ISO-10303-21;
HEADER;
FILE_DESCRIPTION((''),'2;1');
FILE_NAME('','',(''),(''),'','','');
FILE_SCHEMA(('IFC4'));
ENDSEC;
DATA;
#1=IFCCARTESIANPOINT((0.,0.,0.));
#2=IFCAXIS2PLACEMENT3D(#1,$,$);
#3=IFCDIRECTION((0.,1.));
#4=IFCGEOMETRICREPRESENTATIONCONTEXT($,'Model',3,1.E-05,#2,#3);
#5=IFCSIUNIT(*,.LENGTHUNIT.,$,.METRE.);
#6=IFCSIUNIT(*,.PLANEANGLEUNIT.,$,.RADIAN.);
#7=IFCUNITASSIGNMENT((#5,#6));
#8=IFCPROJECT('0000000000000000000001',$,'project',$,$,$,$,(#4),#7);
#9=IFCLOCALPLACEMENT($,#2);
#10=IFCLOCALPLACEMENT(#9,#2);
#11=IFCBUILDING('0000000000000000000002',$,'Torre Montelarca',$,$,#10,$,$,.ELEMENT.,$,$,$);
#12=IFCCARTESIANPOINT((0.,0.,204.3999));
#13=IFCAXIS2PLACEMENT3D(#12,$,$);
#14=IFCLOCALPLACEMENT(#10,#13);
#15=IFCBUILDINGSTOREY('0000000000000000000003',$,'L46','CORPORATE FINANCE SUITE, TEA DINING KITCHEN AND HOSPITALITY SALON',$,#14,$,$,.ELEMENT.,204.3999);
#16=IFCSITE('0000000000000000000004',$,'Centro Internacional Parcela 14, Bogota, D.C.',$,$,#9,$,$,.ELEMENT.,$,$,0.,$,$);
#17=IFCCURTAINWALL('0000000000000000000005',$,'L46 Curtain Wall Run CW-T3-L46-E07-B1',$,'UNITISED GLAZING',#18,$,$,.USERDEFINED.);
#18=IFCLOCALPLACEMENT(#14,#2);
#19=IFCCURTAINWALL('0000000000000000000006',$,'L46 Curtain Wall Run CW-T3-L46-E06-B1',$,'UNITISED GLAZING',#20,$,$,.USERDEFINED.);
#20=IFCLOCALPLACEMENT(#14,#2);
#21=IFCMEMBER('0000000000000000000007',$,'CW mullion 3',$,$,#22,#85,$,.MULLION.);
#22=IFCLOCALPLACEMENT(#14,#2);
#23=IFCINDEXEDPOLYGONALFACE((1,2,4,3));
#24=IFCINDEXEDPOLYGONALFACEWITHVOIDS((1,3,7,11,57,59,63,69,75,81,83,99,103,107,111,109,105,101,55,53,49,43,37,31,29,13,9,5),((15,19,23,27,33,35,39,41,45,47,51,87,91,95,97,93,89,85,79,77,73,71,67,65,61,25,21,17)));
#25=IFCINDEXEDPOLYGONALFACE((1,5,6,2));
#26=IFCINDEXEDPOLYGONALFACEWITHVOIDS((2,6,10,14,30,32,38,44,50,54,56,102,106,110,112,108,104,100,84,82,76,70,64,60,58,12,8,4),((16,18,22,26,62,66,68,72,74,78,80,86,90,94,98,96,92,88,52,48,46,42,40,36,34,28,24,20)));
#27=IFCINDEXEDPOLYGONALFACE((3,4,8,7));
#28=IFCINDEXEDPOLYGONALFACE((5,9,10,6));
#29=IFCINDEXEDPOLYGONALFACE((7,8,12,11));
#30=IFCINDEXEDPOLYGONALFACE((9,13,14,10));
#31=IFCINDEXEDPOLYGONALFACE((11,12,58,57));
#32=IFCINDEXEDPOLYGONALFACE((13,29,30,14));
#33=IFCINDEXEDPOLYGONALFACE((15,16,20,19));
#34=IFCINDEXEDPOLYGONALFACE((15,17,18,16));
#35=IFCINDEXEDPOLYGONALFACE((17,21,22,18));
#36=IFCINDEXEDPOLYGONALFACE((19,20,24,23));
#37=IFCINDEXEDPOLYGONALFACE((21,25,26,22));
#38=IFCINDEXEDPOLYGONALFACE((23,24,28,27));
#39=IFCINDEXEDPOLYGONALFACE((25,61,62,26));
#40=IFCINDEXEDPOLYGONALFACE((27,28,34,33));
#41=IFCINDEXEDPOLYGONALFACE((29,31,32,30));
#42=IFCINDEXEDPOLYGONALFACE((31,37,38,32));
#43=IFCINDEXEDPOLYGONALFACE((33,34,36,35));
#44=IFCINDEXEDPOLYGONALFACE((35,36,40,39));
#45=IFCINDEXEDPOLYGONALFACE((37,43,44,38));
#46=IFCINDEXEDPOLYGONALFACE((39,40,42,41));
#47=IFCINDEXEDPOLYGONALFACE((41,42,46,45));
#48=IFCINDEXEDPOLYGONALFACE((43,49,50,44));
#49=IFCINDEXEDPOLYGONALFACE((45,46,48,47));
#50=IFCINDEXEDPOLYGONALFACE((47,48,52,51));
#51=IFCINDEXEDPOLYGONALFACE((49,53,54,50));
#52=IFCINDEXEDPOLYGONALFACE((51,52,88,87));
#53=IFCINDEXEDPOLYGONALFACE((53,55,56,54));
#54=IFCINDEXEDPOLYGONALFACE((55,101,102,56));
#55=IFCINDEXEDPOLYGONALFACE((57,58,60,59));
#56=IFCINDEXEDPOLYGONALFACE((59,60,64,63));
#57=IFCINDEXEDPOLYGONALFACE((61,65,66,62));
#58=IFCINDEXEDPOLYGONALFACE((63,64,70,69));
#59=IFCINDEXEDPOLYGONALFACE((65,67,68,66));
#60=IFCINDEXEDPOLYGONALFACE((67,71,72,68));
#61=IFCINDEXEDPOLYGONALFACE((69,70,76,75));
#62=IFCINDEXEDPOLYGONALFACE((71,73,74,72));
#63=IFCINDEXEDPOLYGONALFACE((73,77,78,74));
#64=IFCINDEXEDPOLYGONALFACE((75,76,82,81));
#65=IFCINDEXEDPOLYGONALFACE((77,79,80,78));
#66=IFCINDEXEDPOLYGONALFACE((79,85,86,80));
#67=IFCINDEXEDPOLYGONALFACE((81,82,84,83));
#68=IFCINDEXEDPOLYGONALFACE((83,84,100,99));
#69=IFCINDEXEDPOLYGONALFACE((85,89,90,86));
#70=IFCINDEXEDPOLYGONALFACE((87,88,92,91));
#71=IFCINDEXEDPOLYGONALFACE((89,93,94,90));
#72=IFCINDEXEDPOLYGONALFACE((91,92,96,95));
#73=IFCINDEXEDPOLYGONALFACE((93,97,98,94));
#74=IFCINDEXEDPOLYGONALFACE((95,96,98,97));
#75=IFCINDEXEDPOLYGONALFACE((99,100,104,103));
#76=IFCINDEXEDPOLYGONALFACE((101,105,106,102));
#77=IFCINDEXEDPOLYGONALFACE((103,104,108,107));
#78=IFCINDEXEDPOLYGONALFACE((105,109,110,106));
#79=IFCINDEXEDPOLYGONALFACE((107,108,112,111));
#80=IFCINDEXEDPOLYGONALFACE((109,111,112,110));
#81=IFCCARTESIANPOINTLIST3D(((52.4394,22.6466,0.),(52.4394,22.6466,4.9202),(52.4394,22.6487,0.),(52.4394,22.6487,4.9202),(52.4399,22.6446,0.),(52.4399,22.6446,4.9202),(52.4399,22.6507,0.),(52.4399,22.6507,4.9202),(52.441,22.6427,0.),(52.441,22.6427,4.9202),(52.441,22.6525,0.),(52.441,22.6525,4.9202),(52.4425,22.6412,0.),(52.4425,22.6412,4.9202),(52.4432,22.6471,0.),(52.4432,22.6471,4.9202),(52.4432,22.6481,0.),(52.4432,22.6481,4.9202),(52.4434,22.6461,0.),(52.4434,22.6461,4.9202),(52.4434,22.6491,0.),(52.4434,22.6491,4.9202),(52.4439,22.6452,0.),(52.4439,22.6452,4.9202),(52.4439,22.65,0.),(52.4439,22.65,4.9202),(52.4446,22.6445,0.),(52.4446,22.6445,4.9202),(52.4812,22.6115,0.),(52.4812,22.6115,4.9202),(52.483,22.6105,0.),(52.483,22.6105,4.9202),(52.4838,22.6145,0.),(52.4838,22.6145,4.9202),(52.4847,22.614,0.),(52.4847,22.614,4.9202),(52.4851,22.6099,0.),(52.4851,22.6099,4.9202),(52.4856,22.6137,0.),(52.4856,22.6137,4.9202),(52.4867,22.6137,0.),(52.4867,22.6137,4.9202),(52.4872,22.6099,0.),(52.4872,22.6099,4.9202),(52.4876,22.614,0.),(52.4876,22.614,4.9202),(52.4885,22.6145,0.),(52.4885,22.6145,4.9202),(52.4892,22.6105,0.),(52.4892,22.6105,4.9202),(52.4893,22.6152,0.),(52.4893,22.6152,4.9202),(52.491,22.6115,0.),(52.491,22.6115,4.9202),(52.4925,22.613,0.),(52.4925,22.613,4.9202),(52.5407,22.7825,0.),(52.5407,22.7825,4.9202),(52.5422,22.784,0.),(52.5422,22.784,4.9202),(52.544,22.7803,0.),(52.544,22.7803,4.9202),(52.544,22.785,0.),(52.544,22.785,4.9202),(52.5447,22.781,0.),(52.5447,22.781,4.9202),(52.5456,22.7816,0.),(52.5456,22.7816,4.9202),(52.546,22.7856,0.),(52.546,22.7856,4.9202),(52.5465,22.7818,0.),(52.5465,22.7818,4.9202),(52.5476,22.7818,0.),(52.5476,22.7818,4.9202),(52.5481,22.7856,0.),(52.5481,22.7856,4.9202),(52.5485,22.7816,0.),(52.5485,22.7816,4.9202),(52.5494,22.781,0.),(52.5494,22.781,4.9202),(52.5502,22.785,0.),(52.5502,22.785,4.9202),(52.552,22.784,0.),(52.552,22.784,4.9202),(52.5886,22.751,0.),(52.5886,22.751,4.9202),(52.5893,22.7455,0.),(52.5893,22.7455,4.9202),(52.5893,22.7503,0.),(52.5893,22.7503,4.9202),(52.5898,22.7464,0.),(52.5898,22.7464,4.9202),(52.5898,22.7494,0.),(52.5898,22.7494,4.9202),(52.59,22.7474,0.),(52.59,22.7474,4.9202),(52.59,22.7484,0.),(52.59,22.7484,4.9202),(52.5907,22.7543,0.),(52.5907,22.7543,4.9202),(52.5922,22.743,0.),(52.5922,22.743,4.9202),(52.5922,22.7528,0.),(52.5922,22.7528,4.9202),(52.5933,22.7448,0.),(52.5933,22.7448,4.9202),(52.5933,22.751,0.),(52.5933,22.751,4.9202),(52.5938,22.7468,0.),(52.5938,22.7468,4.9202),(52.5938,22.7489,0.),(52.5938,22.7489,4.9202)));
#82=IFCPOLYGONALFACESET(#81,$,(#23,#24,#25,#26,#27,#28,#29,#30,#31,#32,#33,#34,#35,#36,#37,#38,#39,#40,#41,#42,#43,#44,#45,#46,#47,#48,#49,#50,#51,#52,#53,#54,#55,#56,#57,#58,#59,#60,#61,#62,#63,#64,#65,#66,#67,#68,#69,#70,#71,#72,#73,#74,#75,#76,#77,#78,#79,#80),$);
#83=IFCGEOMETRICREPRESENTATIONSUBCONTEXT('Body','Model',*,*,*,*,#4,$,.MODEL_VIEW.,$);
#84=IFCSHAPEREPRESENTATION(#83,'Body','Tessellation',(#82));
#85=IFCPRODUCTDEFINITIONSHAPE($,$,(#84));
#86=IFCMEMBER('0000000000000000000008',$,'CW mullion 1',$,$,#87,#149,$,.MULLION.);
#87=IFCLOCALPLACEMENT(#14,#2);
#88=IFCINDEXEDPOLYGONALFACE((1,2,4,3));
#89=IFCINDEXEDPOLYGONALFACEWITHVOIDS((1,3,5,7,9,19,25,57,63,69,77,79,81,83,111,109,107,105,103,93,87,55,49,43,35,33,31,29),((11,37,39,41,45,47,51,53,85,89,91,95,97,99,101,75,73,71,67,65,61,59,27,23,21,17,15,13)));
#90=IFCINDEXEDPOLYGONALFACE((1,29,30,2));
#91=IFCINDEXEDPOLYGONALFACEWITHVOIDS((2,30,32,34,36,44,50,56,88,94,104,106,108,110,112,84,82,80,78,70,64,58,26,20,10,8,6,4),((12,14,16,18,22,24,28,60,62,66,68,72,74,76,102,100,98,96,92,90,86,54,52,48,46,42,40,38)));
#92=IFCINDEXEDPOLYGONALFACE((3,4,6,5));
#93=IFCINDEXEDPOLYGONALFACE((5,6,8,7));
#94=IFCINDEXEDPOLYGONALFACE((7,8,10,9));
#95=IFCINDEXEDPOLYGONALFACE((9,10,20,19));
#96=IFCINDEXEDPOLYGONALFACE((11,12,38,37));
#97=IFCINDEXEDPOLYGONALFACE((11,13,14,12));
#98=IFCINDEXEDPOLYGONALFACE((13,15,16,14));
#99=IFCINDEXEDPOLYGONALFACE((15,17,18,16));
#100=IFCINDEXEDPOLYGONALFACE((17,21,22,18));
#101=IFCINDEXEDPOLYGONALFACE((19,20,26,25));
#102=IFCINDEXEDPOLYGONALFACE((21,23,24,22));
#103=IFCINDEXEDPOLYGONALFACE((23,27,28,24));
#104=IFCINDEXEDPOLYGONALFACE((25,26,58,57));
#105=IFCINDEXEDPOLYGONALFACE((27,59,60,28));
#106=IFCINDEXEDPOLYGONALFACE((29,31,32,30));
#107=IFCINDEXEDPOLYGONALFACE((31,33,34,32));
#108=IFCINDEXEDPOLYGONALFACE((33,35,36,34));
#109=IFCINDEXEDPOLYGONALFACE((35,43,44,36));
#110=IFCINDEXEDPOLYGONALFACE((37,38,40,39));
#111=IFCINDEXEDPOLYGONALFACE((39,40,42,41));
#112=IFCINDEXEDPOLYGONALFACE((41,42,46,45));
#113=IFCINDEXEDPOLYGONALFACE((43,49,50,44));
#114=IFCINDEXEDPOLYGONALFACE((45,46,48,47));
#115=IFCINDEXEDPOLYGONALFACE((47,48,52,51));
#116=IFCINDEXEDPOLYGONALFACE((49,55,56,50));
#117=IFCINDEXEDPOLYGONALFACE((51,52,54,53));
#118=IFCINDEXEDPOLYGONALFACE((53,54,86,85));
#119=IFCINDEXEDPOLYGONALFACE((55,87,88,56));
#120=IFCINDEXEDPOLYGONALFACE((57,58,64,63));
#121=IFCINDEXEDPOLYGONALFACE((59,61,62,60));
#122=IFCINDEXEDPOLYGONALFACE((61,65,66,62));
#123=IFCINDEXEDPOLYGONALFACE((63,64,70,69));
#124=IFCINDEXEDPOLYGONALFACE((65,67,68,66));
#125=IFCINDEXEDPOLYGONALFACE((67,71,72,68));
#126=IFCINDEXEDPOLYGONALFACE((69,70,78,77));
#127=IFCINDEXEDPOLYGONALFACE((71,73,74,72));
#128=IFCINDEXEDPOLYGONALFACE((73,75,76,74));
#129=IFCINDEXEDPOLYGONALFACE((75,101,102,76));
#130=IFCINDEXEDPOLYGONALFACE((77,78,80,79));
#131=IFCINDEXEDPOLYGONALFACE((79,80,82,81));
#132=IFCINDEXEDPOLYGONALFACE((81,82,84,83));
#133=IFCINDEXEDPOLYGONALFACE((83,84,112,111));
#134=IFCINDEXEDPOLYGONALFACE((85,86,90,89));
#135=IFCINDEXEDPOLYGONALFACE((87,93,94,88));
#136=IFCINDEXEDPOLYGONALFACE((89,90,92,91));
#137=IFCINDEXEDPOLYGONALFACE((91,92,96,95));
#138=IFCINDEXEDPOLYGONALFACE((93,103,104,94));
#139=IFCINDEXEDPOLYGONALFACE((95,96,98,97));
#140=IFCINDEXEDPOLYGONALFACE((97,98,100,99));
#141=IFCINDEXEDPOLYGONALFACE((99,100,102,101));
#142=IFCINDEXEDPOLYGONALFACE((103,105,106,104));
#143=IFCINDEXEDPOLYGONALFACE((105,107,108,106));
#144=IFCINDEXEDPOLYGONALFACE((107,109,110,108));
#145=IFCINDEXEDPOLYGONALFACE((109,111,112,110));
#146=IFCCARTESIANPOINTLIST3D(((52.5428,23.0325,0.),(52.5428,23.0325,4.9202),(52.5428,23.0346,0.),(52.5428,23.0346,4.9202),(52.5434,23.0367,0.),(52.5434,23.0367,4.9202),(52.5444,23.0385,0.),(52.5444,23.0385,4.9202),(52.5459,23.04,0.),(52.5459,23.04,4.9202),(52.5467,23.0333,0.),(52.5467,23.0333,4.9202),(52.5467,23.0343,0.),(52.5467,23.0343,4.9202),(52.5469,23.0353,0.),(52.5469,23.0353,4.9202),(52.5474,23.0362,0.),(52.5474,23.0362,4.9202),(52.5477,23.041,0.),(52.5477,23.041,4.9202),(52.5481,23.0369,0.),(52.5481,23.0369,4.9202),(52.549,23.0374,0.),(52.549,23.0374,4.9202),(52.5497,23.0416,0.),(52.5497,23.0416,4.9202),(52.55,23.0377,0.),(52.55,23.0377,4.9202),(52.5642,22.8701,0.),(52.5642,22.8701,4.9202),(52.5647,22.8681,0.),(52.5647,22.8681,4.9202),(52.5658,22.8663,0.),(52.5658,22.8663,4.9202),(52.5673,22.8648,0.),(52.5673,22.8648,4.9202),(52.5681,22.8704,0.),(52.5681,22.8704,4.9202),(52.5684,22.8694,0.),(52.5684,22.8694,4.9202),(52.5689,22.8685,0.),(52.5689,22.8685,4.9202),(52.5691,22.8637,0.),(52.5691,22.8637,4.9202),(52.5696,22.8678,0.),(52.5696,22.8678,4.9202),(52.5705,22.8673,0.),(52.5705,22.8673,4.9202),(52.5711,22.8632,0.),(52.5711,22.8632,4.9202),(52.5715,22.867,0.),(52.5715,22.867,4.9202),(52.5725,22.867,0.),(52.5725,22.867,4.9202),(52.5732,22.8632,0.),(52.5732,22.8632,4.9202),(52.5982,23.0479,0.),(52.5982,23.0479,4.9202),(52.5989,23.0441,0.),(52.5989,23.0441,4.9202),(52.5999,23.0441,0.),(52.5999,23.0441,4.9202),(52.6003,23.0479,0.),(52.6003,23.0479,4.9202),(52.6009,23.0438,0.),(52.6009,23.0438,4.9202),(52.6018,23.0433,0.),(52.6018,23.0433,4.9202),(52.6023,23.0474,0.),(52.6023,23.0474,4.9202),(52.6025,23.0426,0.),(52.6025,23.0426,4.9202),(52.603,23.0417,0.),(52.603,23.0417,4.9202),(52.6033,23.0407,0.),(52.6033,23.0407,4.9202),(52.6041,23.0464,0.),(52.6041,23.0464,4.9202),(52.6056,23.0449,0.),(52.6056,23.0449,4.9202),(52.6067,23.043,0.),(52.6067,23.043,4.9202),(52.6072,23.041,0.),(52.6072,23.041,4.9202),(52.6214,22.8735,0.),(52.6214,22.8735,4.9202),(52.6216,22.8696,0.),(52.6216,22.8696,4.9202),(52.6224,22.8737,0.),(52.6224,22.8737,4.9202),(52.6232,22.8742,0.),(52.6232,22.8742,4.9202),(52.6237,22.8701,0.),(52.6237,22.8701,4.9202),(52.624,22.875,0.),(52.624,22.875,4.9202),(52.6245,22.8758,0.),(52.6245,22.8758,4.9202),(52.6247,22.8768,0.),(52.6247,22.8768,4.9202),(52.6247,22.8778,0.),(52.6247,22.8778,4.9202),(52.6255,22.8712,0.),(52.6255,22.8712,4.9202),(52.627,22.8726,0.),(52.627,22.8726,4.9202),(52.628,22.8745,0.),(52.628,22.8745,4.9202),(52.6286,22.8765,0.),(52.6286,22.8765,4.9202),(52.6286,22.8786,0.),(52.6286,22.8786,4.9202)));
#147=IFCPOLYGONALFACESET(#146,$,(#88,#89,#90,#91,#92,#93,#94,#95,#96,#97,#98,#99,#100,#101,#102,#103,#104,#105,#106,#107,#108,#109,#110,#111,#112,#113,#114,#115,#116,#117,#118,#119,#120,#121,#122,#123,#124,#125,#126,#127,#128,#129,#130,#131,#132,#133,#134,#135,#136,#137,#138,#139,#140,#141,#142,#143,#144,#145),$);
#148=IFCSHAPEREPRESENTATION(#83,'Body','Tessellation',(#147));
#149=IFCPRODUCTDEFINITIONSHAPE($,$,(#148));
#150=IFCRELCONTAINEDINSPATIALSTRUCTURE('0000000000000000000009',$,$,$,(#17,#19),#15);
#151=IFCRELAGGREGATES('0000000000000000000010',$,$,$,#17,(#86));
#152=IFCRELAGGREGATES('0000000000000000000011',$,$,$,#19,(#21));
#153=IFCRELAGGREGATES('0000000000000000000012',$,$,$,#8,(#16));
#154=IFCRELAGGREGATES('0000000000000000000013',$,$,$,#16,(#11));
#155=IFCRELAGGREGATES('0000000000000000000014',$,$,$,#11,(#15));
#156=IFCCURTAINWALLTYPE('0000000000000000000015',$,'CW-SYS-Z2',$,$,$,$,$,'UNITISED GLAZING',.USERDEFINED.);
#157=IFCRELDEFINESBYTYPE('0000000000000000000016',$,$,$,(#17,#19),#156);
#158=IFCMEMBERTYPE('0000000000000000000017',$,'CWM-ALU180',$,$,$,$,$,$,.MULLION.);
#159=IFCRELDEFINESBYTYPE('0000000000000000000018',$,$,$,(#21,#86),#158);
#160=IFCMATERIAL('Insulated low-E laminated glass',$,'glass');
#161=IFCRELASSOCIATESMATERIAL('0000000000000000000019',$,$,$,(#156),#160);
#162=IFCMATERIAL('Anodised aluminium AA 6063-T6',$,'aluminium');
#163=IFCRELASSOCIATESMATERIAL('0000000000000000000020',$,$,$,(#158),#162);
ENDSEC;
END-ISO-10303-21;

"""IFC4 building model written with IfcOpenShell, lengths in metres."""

from ifc_helpers import new_model, si_unit, direction, frame, origin, origin_2d, place, context, subcontext, project, spatial, hollow_rectangle, extrude, source, transform, mapped, material, material_profile, profile_set, type_object, element, aggregate, save


model = new_model("IFC4")

# Units and contexts
model_context = context("Model", 3, precision=1e-05, world=origin(), true_north=direction((0.0, 1.0)))
body_context = subcontext(model_context, "Body", "Model", "MODEL_VIEW")
ifc_project = project(units=[si_unit("LENGTHUNIT", "METRE"), si_unit("PLANEANGLEUNIT", "RADIAN")], contexts=[model_context])

# Site, building, storey
site_placement = place(None, origin())
site = spatial("IfcSite", under=ifc_project, at=site_placement, Name="Centro Internacional Parcela 14, Bogota, D.C.", CompositionType="ELEMENT", RefElevation=0.0)
building_placement = place(site_placement, origin())
building = spatial("IfcBuilding", under=site, at=building_placement, Name="Torre Montelarca", CompositionType="ELEMENT")
storey_placement = place(building_placement, frame((0.0, 0.0, 204.3999)))
storey = spatial("IfcBuildingStorey", under=building, at=storey_placement, Name="L46", Description="CORPORATE FINANCE SUITE, TEA DINING KITCHEN AND HOSPITALITY SALON", CompositionType="ELEMENT", Elevation=204.3999)

# Curtain walls
ifc_material_1 = material(Name="Insulated low-E laminated glass", Category="glass")
curtain_wall_type = type_object("IfcCurtainWallType", Name="CW-SYS-Z2", ElementType="UNITISED GLAZING", PredefinedType="USERDEFINED", material=ifc_material_1)
ifc_material_2 = material(Name="Anodised aluminium AA 6063-T6", Category="aluminium")
curtain_wall_1_placement = place(storey_placement, origin())
curtain_wall_1 = element("IfcCurtainWall", 1, at=curtain_wall_1_placement, inside=storey, type_object=curtain_wall_type, Name="L46 Curtain Wall Run CW-T3-L46-E07-B1", ObjectType="UNITISED GLAZING", PredefinedType="USERDEFINED")
curtain_wall_2_placement = place(storey_placement, origin())
curtain_wall_2 = element("IfcCurtainWall", 2, at=curtain_wall_2_placement, inside=storey, type_object=curtain_wall_type, Name="L46 Curtain Wall Run CW-T3-L46-E06-B1", ObjectType="UNITISED GLAZING", PredefinedType="USERDEFINED")

# Members
ifc_material_profile_1 = material_profile(ifc_material_2, hollow_rectangle(XDim=0.0649, YDim=0.1799, WallThickness=0.0039, InnerFilletRadius=0.0039, OuterFilletRadius=0.0081, at=origin_2d()), Name="ALU65X180X4", Category="aluminium")
ifc_profile_set_1 = profile_set([ifc_material_profile_1], Name="Anodised aluminium AA 6063-T6")
member_type_1 = type_object("IfcMemberType", Name="CWM-ALU180", PredefinedType="MULLION", material=ifc_profile_set_1)
shared_shape_1 = source(origin(), body_context, "Body", "SweptSolid", [
    extrude(hollow_rectangle(XDim=0.0649, YDim=0.1799, WallThickness=0.0039, InnerFilletRadius=0.0039, OuterFilletRadius=0.0081, at=origin_2d()), origin(), (0.0, 0.0, 1.0), 4.9202),
])
member_1_placement = place(storey_placement, frame((52.5166, 22.6978, 0.0), z_axis=(0.0, 0.0, 1.0), x_axis=(-0.793353, 0.608762, 0.0)))
member_1 = element("IfcMember", 3, at=member_1_placement, type_object=member_type_1, Name="CW mullion 3", PredefinedType="MULLION", context=body_context, shape_type="MappedRepresentation", body=[
    mapped(shared_shape_1, transform((0.0, 0.0, 0.0), scale=1.0)),
])
member_2_placement = place(storey_placement, frame((52.5857, 22.9556, 0.0), z_axis=(0.0, 0.0, 1.0), x_axis=(-0.991446, -0.130514, 0.0)))
member_2 = element("IfcMember", 4, at=member_2_placement, type_object=member_type_1, Name="CW mullion 1", PredefinedType="MULLION", context=body_context, shape_type="MappedRepresentation", body=[
    mapped(shared_shape_1, transform((0.0, 0.0, 0.0), scale=1.0)),
])

aggregate(curtain_wall_1, [member_2])
aggregate(curtain_wall_2, [member_1])

save(model, "model.ifc")
